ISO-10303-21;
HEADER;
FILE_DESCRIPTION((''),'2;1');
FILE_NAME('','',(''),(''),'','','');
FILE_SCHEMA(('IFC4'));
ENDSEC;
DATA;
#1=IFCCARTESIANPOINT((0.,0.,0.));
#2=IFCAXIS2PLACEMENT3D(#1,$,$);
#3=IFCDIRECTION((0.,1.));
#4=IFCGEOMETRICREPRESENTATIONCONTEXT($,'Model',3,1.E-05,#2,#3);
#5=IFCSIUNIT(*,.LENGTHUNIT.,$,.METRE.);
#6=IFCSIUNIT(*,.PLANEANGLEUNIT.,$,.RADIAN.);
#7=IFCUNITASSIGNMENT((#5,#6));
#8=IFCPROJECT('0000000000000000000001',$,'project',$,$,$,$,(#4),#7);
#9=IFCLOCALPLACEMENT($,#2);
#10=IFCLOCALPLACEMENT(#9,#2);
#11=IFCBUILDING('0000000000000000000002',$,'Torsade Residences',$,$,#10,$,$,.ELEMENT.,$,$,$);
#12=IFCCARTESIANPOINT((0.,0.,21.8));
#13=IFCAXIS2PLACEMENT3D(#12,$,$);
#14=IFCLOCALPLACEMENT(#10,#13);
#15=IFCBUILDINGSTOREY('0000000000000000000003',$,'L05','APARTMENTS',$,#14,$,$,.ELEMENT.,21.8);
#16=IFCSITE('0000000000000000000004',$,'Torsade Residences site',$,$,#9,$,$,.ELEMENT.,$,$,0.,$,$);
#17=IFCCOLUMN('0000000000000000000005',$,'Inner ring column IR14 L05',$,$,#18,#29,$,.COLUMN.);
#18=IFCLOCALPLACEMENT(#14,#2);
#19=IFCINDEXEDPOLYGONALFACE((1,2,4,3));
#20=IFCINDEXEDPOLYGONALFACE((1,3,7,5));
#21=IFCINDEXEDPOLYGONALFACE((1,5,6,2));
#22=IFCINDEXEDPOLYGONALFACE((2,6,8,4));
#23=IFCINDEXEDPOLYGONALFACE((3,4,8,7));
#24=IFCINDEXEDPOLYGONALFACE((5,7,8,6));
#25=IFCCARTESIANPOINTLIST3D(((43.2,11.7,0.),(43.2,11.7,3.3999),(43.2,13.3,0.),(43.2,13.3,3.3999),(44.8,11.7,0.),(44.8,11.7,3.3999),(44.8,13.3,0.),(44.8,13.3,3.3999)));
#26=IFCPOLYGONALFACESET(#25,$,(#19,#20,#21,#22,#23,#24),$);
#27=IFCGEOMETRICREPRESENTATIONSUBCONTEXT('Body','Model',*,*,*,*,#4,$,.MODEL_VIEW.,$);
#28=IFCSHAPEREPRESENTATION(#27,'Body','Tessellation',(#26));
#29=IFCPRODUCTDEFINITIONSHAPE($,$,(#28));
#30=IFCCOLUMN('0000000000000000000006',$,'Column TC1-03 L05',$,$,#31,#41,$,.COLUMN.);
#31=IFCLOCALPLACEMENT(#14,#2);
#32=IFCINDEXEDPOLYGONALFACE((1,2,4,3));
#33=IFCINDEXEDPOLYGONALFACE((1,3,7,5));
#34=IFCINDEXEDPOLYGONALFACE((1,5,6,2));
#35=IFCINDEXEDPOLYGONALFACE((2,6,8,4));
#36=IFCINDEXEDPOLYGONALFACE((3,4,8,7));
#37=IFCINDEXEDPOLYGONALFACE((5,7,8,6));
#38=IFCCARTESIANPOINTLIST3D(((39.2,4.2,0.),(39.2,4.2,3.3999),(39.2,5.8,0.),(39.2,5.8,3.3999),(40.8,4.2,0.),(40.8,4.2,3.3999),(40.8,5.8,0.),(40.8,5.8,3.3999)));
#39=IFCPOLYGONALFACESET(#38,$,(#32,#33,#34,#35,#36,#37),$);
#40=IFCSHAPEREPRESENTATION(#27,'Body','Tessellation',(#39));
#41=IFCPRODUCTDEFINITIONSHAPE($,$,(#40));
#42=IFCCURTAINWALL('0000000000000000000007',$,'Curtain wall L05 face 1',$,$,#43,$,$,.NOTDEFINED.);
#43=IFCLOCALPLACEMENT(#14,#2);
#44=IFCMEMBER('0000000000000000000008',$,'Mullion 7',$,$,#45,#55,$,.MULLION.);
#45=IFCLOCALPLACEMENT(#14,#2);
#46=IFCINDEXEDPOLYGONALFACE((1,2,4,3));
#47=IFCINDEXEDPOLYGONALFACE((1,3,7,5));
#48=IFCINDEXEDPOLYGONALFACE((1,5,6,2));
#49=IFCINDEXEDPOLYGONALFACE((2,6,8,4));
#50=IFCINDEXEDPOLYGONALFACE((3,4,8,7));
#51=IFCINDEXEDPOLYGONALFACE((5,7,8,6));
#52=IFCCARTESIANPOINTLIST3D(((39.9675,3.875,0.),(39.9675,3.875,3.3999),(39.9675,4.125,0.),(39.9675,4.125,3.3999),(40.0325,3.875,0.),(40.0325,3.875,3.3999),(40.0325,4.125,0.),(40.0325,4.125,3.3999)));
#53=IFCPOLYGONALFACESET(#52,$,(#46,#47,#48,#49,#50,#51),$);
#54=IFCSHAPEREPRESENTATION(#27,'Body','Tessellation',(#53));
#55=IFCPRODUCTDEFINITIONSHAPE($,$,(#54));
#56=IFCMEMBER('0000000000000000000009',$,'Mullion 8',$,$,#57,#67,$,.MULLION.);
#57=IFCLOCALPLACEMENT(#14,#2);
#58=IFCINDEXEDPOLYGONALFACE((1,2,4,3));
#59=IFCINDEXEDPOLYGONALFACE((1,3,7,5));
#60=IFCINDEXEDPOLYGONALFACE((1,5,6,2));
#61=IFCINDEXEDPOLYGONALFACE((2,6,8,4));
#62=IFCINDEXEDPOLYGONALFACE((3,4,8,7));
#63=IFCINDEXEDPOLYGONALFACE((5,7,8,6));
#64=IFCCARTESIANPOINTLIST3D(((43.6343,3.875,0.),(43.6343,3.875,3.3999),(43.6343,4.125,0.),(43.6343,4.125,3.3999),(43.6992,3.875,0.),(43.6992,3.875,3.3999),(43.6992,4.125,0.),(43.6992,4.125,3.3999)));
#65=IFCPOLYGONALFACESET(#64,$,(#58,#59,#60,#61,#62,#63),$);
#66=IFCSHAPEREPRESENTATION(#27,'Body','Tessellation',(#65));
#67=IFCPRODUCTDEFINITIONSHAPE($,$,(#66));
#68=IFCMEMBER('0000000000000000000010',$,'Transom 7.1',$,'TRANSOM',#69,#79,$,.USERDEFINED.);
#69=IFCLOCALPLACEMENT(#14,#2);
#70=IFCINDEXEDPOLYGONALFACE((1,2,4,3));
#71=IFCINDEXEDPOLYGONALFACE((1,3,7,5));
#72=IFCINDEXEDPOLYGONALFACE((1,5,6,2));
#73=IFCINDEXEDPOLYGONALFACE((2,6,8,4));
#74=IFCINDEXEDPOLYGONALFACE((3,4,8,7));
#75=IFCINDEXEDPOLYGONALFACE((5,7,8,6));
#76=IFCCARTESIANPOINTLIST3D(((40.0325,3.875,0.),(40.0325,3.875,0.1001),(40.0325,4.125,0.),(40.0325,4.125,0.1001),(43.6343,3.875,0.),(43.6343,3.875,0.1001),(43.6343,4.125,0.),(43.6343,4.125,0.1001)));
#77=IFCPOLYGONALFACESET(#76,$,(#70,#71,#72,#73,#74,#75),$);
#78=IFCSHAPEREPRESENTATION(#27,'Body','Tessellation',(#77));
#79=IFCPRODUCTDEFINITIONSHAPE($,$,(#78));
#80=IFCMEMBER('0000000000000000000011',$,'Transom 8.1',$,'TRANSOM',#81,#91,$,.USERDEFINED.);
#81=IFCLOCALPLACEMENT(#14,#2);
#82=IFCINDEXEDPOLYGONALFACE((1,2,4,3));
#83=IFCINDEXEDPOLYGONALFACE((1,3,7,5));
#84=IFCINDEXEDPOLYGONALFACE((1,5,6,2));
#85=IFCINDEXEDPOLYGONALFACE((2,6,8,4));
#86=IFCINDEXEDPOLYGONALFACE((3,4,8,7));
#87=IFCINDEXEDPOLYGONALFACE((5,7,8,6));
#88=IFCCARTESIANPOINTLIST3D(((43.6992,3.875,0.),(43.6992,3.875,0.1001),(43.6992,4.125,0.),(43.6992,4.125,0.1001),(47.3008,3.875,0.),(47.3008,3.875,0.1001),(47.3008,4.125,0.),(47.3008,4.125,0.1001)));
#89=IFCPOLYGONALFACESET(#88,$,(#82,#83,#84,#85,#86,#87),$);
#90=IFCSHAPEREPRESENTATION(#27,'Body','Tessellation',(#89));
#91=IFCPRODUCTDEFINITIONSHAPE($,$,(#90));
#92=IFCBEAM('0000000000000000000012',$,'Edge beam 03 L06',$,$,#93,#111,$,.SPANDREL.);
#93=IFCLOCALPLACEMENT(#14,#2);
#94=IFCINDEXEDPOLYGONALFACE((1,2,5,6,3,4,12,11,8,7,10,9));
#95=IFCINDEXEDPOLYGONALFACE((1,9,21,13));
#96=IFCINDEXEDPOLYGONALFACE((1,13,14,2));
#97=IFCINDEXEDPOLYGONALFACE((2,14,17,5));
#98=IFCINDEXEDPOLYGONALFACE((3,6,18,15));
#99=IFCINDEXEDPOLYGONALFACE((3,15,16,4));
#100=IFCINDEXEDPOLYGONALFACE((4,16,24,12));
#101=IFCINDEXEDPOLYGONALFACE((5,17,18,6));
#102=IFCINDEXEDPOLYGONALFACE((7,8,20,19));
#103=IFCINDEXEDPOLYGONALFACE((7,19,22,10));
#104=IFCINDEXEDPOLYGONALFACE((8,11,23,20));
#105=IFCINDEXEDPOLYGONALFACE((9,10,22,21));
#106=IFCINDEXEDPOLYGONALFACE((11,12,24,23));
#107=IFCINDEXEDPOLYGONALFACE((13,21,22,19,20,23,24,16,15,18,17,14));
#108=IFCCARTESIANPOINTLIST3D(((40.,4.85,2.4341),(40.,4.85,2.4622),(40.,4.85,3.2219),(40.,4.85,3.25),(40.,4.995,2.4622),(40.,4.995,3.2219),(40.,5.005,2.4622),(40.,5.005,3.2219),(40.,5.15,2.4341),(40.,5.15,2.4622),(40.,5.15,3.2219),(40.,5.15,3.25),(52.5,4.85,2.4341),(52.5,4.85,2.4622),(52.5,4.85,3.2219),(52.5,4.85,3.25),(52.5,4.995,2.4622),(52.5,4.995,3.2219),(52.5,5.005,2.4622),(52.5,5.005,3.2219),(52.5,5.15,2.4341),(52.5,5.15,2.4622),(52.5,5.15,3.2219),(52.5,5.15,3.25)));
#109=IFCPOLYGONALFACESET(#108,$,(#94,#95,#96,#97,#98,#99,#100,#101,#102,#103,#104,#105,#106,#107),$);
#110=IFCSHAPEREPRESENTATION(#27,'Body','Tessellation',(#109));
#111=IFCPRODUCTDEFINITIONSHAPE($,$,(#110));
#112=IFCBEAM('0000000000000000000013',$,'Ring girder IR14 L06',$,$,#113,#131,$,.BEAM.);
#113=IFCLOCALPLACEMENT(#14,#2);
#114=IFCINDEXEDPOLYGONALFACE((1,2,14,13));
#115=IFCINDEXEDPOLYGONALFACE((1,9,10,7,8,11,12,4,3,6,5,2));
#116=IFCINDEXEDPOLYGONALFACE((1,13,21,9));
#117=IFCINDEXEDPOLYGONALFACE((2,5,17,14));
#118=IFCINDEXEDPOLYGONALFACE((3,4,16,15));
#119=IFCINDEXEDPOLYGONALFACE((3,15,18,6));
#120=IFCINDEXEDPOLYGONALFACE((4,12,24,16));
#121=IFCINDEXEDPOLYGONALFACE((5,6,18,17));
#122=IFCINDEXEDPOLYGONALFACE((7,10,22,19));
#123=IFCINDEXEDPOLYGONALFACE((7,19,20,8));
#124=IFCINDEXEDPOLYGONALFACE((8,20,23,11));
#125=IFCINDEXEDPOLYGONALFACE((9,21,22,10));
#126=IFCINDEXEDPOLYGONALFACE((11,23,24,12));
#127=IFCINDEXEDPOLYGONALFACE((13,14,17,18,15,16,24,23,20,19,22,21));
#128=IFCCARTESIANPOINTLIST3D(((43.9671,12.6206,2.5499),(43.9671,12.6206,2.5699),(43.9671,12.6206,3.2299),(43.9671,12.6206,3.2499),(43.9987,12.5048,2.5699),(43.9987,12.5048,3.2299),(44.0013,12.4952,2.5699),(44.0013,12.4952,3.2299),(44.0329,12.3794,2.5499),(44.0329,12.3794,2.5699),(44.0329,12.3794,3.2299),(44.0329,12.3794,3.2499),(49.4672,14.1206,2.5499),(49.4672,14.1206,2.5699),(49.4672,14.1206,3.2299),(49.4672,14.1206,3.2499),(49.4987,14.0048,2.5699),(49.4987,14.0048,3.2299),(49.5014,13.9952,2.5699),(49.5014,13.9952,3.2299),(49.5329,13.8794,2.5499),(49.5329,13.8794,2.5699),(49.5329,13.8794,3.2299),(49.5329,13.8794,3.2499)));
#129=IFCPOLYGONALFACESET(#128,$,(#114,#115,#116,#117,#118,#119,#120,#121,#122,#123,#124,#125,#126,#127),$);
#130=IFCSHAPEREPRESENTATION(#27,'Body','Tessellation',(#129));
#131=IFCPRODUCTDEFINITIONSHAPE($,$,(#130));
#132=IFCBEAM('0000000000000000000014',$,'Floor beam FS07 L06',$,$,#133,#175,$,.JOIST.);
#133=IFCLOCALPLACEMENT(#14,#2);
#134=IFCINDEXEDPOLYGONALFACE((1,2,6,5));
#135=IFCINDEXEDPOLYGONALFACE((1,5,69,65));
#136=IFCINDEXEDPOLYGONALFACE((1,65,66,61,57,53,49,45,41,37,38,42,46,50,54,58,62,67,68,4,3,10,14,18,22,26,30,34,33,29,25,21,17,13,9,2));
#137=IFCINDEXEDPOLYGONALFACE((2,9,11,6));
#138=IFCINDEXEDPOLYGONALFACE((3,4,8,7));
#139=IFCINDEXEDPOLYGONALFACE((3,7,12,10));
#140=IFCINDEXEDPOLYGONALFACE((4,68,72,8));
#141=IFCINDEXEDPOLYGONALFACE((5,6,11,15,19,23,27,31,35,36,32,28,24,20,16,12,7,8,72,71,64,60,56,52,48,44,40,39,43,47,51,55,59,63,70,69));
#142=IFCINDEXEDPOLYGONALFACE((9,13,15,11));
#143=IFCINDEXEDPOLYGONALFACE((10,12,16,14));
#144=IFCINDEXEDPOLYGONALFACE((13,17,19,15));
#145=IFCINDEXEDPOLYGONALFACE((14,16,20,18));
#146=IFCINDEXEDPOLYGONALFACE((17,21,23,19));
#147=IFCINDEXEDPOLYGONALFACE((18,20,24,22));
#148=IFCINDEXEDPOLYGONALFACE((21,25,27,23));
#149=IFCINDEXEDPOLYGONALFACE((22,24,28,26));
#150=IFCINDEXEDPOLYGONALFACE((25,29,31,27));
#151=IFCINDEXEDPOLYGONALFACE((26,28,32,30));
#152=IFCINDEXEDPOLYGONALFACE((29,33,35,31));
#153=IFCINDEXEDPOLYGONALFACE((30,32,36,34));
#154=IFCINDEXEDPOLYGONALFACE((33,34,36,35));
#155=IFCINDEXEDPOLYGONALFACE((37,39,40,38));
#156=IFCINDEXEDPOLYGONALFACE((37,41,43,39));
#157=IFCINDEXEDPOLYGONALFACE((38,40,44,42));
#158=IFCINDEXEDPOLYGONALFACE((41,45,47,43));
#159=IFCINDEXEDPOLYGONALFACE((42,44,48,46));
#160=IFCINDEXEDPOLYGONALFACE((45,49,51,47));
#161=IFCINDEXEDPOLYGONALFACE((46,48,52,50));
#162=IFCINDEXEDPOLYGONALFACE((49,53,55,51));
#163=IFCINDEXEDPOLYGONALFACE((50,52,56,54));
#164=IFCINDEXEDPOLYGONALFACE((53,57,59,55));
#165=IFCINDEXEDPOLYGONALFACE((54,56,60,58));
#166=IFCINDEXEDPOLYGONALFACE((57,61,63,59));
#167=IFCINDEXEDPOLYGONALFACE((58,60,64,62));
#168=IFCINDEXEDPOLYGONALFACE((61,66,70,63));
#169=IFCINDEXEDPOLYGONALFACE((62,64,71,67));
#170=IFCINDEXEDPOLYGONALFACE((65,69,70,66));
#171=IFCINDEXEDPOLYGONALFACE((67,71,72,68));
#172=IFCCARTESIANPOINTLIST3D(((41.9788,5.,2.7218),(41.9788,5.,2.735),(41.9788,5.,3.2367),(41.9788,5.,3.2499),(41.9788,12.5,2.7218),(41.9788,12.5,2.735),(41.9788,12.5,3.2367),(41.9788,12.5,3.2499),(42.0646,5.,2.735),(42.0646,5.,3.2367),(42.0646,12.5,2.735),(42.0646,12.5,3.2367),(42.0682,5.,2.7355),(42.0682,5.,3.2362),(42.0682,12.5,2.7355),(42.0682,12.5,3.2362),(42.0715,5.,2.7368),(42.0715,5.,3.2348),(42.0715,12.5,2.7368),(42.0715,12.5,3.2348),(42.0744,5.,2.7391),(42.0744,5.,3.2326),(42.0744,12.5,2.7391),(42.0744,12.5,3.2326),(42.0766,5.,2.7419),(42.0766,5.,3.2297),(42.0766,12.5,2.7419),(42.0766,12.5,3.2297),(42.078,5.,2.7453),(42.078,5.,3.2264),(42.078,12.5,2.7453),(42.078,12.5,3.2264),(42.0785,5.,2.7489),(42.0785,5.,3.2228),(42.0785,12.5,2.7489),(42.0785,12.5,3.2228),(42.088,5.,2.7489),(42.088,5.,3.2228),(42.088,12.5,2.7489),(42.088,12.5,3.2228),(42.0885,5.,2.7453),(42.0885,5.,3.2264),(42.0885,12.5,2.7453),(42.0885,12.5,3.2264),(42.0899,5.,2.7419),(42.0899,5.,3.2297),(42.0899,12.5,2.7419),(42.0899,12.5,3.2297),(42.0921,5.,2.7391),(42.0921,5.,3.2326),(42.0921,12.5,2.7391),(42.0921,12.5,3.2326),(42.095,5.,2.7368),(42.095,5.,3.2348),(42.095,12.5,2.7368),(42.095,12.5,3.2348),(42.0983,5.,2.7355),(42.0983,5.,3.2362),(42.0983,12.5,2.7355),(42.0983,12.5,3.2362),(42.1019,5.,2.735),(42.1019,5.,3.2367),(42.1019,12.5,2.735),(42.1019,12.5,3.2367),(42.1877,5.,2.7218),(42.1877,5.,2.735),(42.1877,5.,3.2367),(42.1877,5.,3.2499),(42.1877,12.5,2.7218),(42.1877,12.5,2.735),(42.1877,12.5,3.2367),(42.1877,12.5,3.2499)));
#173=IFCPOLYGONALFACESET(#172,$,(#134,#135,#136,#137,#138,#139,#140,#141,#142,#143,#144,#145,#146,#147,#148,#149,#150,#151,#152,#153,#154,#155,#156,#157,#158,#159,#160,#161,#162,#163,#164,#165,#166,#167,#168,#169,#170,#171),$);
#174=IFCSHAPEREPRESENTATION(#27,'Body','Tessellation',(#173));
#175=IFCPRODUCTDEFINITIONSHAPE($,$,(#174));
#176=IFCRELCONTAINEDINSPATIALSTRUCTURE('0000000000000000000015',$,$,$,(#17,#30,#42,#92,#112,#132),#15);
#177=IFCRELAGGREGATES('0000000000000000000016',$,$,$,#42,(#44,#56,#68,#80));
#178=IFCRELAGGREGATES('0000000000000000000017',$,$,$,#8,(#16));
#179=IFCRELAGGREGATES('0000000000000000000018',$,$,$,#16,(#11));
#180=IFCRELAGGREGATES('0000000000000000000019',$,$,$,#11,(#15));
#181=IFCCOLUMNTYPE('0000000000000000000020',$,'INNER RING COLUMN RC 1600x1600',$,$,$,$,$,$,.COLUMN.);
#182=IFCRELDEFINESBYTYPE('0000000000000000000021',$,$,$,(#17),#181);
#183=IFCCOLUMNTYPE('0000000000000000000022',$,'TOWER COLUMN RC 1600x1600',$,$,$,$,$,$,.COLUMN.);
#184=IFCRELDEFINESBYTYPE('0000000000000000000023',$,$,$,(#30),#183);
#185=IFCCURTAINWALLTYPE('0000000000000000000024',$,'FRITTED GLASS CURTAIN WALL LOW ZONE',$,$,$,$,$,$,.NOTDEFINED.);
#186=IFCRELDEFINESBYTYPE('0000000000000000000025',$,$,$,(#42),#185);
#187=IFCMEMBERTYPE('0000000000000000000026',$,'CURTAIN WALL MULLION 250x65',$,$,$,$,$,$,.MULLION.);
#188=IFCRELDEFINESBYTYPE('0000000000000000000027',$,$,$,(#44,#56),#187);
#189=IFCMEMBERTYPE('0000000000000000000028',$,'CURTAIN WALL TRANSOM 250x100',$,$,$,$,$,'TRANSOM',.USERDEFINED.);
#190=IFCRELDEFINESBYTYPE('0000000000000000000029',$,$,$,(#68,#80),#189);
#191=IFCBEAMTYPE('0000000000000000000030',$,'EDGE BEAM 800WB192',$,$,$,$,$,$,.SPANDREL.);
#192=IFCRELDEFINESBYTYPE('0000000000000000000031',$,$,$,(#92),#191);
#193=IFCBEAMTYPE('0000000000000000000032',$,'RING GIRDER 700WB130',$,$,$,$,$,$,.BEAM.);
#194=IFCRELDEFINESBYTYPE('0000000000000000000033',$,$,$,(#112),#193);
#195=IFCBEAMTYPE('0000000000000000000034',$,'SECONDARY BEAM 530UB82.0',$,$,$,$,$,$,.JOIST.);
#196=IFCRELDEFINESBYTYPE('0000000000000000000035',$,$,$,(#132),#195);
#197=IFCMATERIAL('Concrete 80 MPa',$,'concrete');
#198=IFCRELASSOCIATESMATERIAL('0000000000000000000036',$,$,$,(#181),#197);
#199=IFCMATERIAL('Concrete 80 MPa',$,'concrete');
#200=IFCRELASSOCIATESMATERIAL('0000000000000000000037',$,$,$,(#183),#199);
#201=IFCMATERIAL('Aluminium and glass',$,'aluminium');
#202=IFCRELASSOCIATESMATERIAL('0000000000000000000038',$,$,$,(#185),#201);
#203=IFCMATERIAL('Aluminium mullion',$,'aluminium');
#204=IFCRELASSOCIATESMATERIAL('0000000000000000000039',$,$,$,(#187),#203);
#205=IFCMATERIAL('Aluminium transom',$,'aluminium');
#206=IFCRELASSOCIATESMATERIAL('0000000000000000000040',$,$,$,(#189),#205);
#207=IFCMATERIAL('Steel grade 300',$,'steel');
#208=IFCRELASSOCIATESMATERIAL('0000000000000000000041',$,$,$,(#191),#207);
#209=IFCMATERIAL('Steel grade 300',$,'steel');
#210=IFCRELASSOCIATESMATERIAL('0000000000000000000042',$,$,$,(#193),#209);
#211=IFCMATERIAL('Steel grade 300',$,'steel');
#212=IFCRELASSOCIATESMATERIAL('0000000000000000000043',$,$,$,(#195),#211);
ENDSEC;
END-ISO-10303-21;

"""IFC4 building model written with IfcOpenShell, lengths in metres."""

from ifc_helpers import new_model, si_unit, direction, frame, origin, origin_2d, place, context, subcontext, project, spatial, rectangle, i_section, extrude, material, material_profile, profile_set, type_object, element, aggregate, save


model = new_model("IFC4")

# Units and contexts
model_context = context("Model", 3, precision=1e-05, world=origin(), true_north=direction((0.0, 1.0)))
body_context = subcontext(model_context, "Body", "Model", "MODEL_VIEW")
ifc_project = project(units=[si_unit("LENGTHUNIT", "METRE"), si_unit("PLANEANGLEUNIT", "RADIAN")], contexts=[model_context])

# Site, building, storey
site_placement = place(None, origin())
site = spatial("IfcSite", under=ifc_project, at=site_placement, Name="Torsade Residences site", CompositionType="ELEMENT", RefElevation=0.0)
building_placement = place(site_placement, origin())
building = spatial("IfcBuilding", under=site, at=building_placement, Name="Torsade Residences", CompositionType="ELEMENT")
storey_placement = place(building_placement, frame((0.0, 0.0, 21.8)))
storey = spatial("IfcBuildingStorey", under=building, at=storey_placement, Name="L05", Description="APARTMENTS", CompositionType="ELEMENT", Elevation=21.8)

# Columns
ifc_material_1 = material(Name="Concrete 80 MPa", Category="concrete")
ifc_material_profile_1 = material_profile(ifc_material_1, rectangle(XDim=1.6001, YDim=1.6001, at=origin_2d()), Name="RC 1600x1600")
ifc_profile_set_1 = profile_set([ifc_material_profile_1], Name="Concrete 80 MPa")
column_type_1 = type_object("IfcColumnType", Name="INNER RING COLUMN RC 1600x1600", PredefinedType="COLUMN", material=ifc_profile_set_1)
column_1_placement = place(storey_placement, frame((44.0, 12.5, 0.0), z_axis=(0.0, 0.0, 1.0), x_axis=(1.0, 0.0, 0.0)))
element("IfcColumn", 1, at=column_1_placement, inside=storey, type_object=column_type_1, Name="Inner ring column IR14 L05", PredefinedType="COLUMN", context=body_context, shape_type="SweptSolid", body=[
    extrude(rectangle(XDim=1.6001, YDim=1.6001, at=origin_2d()), origin(), (0.0, 0.0, 1.0), 3.3999),
])
ifc_material_2 = material(Name="Concrete 80 MPa", Category="concrete")
ifc_material_profile_2 = material_profile(ifc_material_2, rectangle(XDim=1.6001, YDim=1.6001, at=origin_2d()), Name="RC 1600x1600")
ifc_profile_set_2 = profile_set([ifc_material_profile_2], Name="Concrete 80 MPa")
column_type_2 = type_object("IfcColumnType", Name="TOWER COLUMN RC 1600x1600", PredefinedType="COLUMN", material=ifc_profile_set_2)
column_2_placement = place(storey_placement, frame((40.0, 5.0, 0.0), z_axis=(0.0, 0.0, 1.0), x_axis=(1.0, 0.0, 0.0)))
element("IfcColumn", 2, at=column_2_placement, inside=storey, type_object=column_type_2, Name="Column TC1-03 L05", PredefinedType="COLUMN", context=body_context, shape_type="SweptSolid", body=[
    extrude(rectangle(XDim=1.6001, YDim=1.6001, at=origin_2d()), origin(), (0.0, 0.0, 1.0), 3.3999),
])

# Curtain wall, members
ifc_material_3 = material(Name="Aluminium and glass", Category="aluminium")
curtain_wall_type = type_object("IfcCurtainWallType", Name="FRITTED GLASS CURTAIN WALL LOW ZONE", PredefinedType="NOTDEFINED", material=ifc_material_3)
curtain_wall_placement = place(storey_placement, origin())
curtain_wall = element("IfcCurtainWall", 3, at=curtain_wall_placement, inside=storey, type_object=curtain_wall_type, Name="Curtain wall L05 face 1", PredefinedType="NOTDEFINED")
ifc_material_4 = material(Name="Aluminium mullion", Category="aluminium")
ifc_material_profile_3 = material_profile(ifc_material_4, rectangle(XDim=0.25, YDim=0.0649, at=origin_2d()), Name="CURTAIN WALL MULLION 250x65")
ifc_profile_set_3 = profile_set([ifc_material_profile_3], Name="Aluminium mullion")
member_type_1 = type_object("IfcMemberType", Name="CURTAIN WALL MULLION 250x65", PredefinedType="MULLION", material=ifc_profile_set_3)
member_1_placement = place(storey_placement, frame((40.0, 4.0, 0.0), z_axis=(0.0, 0.0, 1.0), x_axis=(0.0, 1.0, 0.0)))
member_1 = element("IfcMember", 4, at=member_1_placement, type_object=member_type_1, Name="Mullion 7", PredefinedType="MULLION", context=body_context, shape_type="SweptSolid", body=[
    extrude(rectangle(XDim=0.25, YDim=0.0649, at=origin_2d()), origin(), (0.0, 0.0, 1.0), 3.3999),
])
member_2_placement = place(storey_placement, frame((43.6667, 4.0, 0.0), z_axis=(0.0, 0.0, 1.0), x_axis=(0.0, 1.0, 0.0)))
member_2 = element("IfcMember", 5, at=member_2_placement, type_object=member_type_1, Name="Mullion 8", PredefinedType="MULLION", context=body_context, shape_type="SweptSolid", body=[
    extrude(rectangle(XDim=0.25, YDim=0.0649, at=origin_2d()), origin(), (0.0, 0.0, 1.0), 3.3999),
])
ifc_material_5 = material(Name="Aluminium transom", Category="aluminium")
ifc_material_profile_4 = material_profile(ifc_material_5, rectangle(XDim=0.25, YDim=0.1001, at=origin_2d()), Name="CURTAIN WALL TRANSOM 250x100")
ifc_profile_set_4 = profile_set([ifc_material_profile_4], Name="Aluminium transom")
member_type_2 = type_object("IfcMemberType", Name="CURTAIN WALL TRANSOM 250x100", ElementType="TRANSOM", PredefinedType="USERDEFINED", material=ifc_profile_set_4)
member_3_placement = place(storey_placement, frame((40.0325, 4.0, 0.05), z_axis=(1.0, 0.0, 0.0), x_axis=(0.0, 1.0, 0.0)))
member_3 = element("IfcMember", 6, at=member_3_placement, type_object=member_type_2, Name="Transom 7.1", ObjectType="TRANSOM", PredefinedType="USERDEFINED", context=body_context, shape_type="SweptSolid", body=[
    extrude(rectangle(XDim=0.25, YDim=0.1001, at=origin_2d()), origin(), (0.0, 0.0, 1.0), 3.6018),
])
member_4_placement = place(storey_placement, frame((43.6992, 4.0, 0.05), z_axis=(1.0, 0.0, 0.0), x_axis=(0.0, 1.0, 0.0)))
member_4 = element("IfcMember", 7, at=member_4_placement, type_object=member_type_2, Name="Transom 8.1", ObjectType="TRANSOM", PredefinedType="USERDEFINED", context=body_context, shape_type="SweptSolid", body=[
    extrude(rectangle(XDim=0.25, YDim=0.1001, at=origin_2d()), origin(), (0.0, 0.0, 1.0), 3.6016),
])

# Beams
ifc_material_6 = material(Name="Steel grade 300", Category="steel")
ifc_material_profile_5 = material_profile(ifc_material_6, i_section(OverallWidth=0.3, OverallDepth=0.8159, WebThickness=0.01, FlangeThickness=0.0281, at=origin_2d()), Name="800WB192")
ifc_profile_set_5 = profile_set([ifc_material_profile_5], Name="Steel grade 300")
beam_type_1 = type_object("IfcBeamType", Name="EDGE BEAM 800WB192", PredefinedType="SPANDREL", material=ifc_profile_set_5)
beam_1_placement = place(storey_placement, frame((40.0, 5.0, 2.842), z_axis=(1.0, 0.0, 0.0), x_axis=(0.0, 1.0, 0.0)))
element("IfcBeam", 8, at=beam_1_placement, inside=storey, type_object=beam_type_1, Name="Edge beam 03 L06", PredefinedType="SPANDREL", context=body_context, shape_type="SweptSolid", body=[
    extrude(i_section(OverallWidth=0.3, OverallDepth=0.8159, WebThickness=0.01, FlangeThickness=0.0281, at=origin_2d()), origin(), (0.0, 0.0, 1.0), 12.5),
])
ifc_material_7 = material(Name="Steel grade 300", Category="steel")
ifc_material_profile_6 = material_profile(ifc_material_7, i_section(OverallWidth=0.25, OverallDepth=0.7, WebThickness=0.01, FlangeThickness=0.02, at=origin_2d()), Name="700WB130")
ifc_profile_set_6 = profile_set([ifc_material_profile_6], Name="Steel grade 300")
beam_type_2 = type_object("IfcBeamType", Name="RING GIRDER 700WB130", PredefinedType="BEAM", material=ifc_profile_set_6)
beam_2_placement = place(storey_placement, frame((44.0, 12.5, 2.8999), z_axis=(0.964764, 0.263117, 0.0), x_axis=(-0.263117, 0.964764, 0.0)))
element("IfcBeam", 9, at=beam_2_placement, inside=storey, type_object=beam_type_2, Name="Ring girder IR14 L06", PredefinedType="BEAM", context=body_context, shape_type="SweptSolid", body=[
    extrude(i_section(OverallWidth=0.25, OverallDepth=0.7, WebThickness=0.01, FlangeThickness=0.02, at=origin_2d()), origin(), (0.0, 0.0, 1.0), 5.7009),
])
ifc_material_8 = material(Name="Steel grade 300", Category="steel")
ifc_material_profile_7 = material_profile(ifc_material_8, i_section(OverallWidth=0.209, OverallDepth=0.5281, WebThickness=0.0095, FlangeThickness=0.0132, FilletRadius=0.0139, at=origin_2d()), Name="530UB82.0")
ifc_profile_set_7 = profile_set([ifc_material_profile_7], Name="Steel grade 300")
beam_type_3 = type_object("IfcBeamType", Name="SECONDARY BEAM 530UB82.0", PredefinedType="JOIST", material=ifc_profile_set_7)
beam_3_placement = place(storey_placement, frame((42.0833, 5.0, 2.9858), z_axis=(0.0, 1.0, 0.0), x_axis=(-1.0, 0.0, 0.0)))
element("IfcBeam", 10, at=beam_3_placement, inside=storey, type_object=beam_type_3, Name="Floor beam FS07 L06", PredefinedType="JOIST", context=body_context, shape_type="SweptSolid", body=[
    extrude(i_section(OverallWidth=0.209, OverallDepth=0.5281, WebThickness=0.0095, FlangeThickness=0.0132, FilletRadius=0.0139, at=origin_2d()), origin(), (0.0, 0.0, 1.0), 7.5),
])

aggregate(curtain_wall, [member_1, member_2, member_3, member_4])

save(model, "model.ifc")
